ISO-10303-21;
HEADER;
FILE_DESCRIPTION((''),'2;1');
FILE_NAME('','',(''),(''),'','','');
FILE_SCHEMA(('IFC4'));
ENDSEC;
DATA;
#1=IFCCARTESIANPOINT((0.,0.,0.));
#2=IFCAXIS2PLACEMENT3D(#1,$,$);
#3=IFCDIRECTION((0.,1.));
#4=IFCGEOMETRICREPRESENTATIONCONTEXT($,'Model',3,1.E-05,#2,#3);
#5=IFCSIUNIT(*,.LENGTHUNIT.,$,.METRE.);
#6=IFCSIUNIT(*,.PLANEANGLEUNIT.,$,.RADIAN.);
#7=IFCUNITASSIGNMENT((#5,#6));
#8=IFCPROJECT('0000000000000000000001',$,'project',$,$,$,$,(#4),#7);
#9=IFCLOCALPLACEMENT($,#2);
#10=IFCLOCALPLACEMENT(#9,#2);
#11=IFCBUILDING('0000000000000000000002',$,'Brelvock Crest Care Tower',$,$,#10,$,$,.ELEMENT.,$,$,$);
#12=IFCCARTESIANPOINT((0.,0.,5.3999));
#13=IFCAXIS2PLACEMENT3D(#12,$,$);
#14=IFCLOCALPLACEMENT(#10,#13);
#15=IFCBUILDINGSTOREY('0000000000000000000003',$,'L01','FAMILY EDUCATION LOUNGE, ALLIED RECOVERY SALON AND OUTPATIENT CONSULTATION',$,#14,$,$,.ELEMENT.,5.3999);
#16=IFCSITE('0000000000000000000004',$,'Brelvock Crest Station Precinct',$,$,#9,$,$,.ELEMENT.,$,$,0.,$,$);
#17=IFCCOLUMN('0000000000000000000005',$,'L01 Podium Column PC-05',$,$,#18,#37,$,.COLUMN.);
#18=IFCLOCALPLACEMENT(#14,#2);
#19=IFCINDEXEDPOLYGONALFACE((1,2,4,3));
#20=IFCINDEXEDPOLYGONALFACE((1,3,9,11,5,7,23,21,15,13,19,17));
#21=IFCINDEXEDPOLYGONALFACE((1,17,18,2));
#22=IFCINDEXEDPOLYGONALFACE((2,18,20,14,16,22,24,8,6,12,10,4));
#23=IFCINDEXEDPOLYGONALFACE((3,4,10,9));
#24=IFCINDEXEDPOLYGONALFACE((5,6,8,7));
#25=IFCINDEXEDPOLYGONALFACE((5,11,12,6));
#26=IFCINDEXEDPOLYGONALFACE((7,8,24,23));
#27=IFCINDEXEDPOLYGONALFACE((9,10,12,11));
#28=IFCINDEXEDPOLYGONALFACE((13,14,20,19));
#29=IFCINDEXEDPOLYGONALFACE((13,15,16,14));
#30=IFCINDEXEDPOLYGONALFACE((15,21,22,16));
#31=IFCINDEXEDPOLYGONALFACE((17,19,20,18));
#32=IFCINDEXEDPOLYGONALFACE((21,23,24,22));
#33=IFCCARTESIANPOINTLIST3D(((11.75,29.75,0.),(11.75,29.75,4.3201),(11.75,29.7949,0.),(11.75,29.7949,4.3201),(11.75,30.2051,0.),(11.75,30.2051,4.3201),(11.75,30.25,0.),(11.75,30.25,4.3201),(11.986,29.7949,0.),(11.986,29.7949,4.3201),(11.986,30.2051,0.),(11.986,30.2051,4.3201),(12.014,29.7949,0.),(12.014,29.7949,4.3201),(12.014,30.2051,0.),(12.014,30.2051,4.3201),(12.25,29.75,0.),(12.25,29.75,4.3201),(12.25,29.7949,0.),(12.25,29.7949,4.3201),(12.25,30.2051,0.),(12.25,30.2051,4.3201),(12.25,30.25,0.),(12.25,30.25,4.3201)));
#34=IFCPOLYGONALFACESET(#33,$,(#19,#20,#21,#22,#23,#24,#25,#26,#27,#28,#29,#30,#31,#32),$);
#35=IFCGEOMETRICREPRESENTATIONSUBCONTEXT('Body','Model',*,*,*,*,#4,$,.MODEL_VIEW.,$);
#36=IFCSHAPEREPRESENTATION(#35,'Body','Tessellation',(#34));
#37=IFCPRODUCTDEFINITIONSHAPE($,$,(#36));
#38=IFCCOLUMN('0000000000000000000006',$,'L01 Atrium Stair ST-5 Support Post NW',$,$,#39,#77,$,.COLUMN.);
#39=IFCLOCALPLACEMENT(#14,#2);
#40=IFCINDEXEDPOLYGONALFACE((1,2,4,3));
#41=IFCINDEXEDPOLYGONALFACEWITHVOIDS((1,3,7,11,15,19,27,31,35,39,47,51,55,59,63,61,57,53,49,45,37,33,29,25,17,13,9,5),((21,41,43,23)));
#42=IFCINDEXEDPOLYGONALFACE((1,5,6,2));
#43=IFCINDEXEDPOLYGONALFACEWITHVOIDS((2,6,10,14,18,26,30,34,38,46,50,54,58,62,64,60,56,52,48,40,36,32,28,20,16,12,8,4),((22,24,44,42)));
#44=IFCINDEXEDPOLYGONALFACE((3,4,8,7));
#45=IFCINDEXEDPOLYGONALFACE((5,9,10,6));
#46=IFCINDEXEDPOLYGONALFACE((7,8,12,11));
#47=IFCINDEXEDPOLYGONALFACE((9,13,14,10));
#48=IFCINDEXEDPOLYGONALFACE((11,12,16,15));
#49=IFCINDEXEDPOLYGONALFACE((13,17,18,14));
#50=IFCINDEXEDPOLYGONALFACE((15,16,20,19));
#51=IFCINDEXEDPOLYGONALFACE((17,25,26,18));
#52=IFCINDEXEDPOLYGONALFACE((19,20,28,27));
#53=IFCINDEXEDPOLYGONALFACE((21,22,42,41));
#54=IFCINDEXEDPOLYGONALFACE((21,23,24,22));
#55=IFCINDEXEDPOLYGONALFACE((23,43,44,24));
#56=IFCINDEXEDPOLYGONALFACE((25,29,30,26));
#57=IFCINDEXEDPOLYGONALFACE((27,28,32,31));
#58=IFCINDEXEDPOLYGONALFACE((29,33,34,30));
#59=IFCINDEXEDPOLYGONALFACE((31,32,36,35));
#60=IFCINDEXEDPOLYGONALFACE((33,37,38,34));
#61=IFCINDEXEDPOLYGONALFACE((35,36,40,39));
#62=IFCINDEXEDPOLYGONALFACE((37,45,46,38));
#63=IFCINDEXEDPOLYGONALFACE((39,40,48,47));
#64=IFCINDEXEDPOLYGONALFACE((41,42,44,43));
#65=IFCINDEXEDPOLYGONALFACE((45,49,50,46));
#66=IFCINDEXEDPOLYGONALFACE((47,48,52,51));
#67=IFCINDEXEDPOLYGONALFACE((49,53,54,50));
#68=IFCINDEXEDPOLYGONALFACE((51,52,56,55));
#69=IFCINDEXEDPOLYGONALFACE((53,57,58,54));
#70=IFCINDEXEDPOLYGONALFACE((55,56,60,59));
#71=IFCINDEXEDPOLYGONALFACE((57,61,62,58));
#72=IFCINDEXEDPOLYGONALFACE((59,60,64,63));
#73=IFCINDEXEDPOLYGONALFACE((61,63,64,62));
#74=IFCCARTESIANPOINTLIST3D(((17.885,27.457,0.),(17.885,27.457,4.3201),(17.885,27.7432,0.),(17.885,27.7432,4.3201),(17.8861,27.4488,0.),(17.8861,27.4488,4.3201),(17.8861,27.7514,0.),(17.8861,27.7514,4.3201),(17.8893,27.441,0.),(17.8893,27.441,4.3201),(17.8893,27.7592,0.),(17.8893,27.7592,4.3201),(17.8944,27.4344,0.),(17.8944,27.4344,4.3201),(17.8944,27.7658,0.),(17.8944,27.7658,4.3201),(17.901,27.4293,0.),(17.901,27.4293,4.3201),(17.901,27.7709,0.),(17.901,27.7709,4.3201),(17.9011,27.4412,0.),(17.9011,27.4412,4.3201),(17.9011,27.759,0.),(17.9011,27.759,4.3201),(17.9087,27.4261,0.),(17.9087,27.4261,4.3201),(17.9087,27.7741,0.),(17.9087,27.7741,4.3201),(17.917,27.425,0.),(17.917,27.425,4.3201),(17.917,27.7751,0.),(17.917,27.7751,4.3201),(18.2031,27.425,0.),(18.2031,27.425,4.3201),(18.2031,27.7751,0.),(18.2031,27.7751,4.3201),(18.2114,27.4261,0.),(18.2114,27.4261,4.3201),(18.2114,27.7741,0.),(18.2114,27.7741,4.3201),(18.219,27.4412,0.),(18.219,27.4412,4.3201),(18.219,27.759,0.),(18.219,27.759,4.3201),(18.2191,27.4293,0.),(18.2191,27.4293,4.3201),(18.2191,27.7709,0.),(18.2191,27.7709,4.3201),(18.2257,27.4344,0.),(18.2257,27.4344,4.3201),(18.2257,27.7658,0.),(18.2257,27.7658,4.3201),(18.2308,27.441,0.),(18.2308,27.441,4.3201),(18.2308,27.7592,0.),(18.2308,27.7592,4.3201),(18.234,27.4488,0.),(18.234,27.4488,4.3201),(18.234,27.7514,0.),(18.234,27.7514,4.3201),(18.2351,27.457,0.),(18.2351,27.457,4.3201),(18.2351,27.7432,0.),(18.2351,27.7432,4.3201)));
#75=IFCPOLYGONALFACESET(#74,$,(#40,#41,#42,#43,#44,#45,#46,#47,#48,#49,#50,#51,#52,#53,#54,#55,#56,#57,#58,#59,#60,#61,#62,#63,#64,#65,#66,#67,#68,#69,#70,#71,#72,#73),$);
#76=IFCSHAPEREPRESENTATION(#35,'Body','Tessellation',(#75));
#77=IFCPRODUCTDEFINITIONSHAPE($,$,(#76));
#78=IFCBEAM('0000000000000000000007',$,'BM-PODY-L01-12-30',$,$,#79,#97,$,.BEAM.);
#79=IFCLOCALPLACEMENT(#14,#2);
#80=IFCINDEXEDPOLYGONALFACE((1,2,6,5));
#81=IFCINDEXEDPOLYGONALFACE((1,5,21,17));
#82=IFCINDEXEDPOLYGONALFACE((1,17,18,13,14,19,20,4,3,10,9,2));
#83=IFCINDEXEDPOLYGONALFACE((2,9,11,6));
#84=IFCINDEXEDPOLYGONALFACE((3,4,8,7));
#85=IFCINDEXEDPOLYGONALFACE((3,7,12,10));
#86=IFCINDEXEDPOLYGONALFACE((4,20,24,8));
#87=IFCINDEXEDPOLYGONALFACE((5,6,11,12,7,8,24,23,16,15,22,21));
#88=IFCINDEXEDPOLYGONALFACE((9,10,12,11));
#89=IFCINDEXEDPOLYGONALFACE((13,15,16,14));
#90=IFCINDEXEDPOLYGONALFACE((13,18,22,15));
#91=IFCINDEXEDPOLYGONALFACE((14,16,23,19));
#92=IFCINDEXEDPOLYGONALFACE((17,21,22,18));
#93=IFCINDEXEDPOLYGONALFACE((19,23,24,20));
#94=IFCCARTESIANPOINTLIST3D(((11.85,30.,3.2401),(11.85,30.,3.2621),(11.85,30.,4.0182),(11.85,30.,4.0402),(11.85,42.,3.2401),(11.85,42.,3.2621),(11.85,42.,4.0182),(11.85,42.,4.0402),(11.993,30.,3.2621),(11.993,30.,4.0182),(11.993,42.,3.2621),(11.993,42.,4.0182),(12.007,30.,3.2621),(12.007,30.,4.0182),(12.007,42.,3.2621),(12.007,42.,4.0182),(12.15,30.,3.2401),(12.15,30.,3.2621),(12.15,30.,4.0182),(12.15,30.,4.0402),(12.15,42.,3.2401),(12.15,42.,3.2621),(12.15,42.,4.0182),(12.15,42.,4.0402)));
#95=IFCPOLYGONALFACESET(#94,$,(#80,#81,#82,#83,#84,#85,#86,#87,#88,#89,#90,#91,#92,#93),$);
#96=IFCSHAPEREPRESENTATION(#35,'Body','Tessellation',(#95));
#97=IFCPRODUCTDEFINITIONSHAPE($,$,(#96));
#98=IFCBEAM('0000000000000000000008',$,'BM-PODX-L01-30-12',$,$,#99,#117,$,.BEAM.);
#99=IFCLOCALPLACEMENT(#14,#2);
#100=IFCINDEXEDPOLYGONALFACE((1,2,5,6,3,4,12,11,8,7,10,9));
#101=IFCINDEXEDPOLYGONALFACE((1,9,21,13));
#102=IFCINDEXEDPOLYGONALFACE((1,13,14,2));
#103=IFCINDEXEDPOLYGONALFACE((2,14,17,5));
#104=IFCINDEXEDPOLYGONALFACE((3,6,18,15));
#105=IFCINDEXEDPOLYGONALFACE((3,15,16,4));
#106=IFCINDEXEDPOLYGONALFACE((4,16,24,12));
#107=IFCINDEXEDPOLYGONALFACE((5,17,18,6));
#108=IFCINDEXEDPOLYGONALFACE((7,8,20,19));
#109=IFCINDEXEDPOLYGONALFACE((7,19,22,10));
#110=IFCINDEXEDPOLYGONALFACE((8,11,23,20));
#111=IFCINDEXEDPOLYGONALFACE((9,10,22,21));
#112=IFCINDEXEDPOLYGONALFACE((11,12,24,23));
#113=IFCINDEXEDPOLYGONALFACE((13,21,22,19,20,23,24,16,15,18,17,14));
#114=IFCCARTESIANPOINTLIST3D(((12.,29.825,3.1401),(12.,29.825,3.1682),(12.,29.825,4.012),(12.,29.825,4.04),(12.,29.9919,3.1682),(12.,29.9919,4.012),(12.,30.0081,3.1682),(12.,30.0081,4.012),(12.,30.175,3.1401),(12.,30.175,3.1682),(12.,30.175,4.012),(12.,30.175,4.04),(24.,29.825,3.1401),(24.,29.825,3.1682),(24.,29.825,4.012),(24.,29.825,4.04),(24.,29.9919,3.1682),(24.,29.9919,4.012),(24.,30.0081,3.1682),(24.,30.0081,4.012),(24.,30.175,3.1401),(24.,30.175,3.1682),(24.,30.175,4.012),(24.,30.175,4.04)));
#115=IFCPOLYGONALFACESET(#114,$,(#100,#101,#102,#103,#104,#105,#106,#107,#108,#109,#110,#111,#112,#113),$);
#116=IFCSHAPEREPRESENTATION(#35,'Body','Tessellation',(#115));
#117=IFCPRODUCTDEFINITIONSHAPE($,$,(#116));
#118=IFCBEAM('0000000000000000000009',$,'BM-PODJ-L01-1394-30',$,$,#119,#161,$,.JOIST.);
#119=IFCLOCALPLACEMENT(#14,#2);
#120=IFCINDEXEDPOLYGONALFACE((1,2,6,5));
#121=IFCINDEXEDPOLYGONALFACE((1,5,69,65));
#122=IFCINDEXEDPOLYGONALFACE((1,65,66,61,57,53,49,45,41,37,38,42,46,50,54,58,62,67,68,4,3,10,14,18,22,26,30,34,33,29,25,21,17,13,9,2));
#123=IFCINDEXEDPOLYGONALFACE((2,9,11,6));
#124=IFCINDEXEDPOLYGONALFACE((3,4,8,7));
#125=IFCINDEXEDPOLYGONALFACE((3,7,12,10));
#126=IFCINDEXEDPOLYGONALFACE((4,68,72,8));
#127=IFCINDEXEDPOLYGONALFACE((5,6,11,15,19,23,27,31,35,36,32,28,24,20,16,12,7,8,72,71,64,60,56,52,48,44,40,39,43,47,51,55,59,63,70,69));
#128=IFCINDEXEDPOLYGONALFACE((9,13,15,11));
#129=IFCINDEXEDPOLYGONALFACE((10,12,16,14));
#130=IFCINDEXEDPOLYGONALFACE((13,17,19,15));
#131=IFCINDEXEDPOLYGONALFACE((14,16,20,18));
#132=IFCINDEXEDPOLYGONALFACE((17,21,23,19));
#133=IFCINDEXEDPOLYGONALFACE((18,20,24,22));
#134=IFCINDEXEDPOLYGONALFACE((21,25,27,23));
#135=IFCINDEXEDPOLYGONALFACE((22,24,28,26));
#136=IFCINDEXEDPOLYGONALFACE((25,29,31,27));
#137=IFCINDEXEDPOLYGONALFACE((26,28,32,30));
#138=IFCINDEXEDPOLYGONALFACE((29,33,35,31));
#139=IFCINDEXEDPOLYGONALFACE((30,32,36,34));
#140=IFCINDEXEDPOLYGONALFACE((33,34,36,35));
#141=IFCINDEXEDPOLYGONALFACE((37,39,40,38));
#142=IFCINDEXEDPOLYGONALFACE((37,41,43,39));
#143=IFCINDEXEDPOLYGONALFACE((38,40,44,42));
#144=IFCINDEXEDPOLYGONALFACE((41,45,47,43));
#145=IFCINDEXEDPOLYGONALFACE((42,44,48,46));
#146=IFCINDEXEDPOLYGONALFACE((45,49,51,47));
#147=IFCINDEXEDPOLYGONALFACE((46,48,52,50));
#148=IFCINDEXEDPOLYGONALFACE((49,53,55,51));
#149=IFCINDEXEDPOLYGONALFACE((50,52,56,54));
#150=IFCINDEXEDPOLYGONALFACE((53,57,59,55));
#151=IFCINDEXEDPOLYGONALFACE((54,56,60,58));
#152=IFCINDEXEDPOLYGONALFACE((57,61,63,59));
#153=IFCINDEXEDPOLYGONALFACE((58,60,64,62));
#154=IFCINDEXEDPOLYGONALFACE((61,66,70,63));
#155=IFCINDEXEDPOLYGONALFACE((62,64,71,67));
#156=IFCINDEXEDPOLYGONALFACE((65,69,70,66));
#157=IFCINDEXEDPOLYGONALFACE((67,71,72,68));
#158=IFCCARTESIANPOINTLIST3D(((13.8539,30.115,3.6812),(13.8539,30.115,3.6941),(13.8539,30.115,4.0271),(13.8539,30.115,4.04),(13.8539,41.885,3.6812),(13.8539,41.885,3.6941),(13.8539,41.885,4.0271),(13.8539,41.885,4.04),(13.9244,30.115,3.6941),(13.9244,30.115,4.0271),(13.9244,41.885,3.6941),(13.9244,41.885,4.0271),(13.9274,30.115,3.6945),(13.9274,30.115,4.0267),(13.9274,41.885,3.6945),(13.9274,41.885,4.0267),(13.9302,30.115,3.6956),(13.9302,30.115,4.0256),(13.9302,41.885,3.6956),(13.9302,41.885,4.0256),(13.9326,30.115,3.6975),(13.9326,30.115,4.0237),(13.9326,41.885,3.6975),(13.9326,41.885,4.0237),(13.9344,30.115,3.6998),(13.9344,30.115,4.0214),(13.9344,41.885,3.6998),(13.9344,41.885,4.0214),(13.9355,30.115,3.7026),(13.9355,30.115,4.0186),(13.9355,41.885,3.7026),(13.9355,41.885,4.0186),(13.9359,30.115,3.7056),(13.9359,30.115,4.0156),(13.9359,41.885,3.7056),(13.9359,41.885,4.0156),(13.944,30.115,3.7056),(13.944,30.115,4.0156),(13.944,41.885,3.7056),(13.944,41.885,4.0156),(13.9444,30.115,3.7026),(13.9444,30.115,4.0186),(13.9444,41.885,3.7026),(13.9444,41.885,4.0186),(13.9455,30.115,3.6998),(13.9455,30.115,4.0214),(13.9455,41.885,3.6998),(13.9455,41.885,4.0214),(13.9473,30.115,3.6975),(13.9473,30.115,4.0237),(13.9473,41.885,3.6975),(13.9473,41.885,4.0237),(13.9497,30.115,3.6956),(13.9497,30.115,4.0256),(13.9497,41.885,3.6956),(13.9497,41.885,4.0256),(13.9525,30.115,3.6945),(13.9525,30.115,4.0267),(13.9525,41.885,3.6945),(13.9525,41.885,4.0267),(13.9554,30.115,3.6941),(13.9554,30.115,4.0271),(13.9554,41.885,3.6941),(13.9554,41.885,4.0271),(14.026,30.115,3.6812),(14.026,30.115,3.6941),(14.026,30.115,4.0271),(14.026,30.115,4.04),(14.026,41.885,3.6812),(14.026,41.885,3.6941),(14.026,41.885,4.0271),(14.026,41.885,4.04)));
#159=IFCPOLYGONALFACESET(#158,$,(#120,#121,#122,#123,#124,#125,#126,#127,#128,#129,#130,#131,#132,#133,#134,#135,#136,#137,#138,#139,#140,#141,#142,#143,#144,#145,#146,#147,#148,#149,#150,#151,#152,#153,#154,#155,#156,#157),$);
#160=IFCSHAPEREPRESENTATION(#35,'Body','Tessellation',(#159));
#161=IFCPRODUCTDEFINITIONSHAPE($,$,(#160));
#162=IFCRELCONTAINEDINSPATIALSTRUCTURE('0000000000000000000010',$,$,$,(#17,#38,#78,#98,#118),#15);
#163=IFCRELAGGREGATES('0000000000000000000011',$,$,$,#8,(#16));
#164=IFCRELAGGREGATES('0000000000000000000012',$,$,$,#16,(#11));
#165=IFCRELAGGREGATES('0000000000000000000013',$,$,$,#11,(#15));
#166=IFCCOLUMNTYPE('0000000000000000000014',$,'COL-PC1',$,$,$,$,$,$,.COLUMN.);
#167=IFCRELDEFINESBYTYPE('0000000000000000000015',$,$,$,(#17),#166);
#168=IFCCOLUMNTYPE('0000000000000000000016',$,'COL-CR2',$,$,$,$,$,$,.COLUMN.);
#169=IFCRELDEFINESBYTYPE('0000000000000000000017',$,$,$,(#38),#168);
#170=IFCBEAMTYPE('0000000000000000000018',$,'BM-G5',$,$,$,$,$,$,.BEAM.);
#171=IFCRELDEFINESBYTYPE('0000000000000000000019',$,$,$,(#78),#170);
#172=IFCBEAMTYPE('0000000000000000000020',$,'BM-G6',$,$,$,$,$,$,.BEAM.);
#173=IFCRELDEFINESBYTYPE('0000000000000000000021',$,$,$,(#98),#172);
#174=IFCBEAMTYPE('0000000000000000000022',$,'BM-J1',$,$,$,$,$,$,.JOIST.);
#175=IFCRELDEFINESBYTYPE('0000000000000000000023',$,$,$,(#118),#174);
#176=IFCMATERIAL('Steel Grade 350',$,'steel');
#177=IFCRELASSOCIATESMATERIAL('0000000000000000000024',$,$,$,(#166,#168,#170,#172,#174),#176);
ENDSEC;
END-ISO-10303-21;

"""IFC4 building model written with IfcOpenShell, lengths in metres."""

from ifc_helpers import new_model, si_unit, direction, frame, origin, origin_2d, place, context, subcontext, project, spatial, hollow_rectangle, i_section, extrude, source, transform, mapped, material, material_profile, profile_set, type_object, element, save


model = new_model("IFC4")

# Units and contexts
model_context = context("Model", 3, precision=1e-05, world=origin(), true_north=direction((0.0, 1.0)))
body_context = subcontext(model_context, "Body", "Model", "MODEL_VIEW")
ifc_project = project(units=[si_unit("LENGTHUNIT", "METRE"), si_unit("PLANEANGLEUNIT", "RADIAN")], contexts=[model_context])

# Site, building, storey
site_placement = place(None, origin())
site = spatial("IfcSite", under=ifc_project, at=site_placement, Name="Brelvock Crest Station Precinct", CompositionType="ELEMENT", RefElevation=0.0)
building_placement = place(site_placement, origin())
building = spatial("IfcBuilding", under=site, at=building_placement, Name="Brelvock Crest Care Tower", CompositionType="ELEMENT")
storey_placement = place(building_placement, frame((0.0, 0.0, 5.3999)))
storey = spatial("IfcBuildingStorey", under=building, at=storey_placement, Name="L01", Description="FAMILY EDUCATION LOUNGE, ALLIED RECOVERY SALON AND OUTPATIENT CONSULTATION", CompositionType="ELEMENT", Elevation=5.3999)

# Columns
ifc_material_1 = material(Name="Steel Grade 350", Category="steel")
ifc_material_profile_1 = material_profile(ifc_material_1, i_section(OverallWidth=0.5, OverallDepth=0.5, WebThickness=0.0281, FlangeThickness=0.0449, at=origin_2d()), Name="500WC440")
ifc_profile_set_1 = profile_set([ifc_material_profile_1], Name="Steel Grade 350")
column_type_1 = type_object("IfcColumnType", Name="COL-PC1", PredefinedType="COLUMN", material=ifc_profile_set_1)
shared_shape_1 = source(origin(), body_context, "Body", "SweptSolid", [
    extrude(i_section(OverallWidth=0.5, OverallDepth=0.5, WebThickness=0.0281, FlangeThickness=0.0449, at=origin_2d()), origin(), (0.0, 0.0, 1.0), 4.3201),
])
column_1_placement = place(storey_placement, frame((12.0, 30.0, 0.0), z_axis=(0.0, 0.0, 1.0), x_axis=(1.0, 0.0, 0.0)))
element("IfcColumn", 1, at=column_1_placement, inside=storey, type_object=column_type_1, Name="L01 Podium Column PC-05", PredefinedType="COLUMN", context=body_context, shape_type="MappedRepresentation", body=[
    mapped(shared_shape_1, transform((0.0, 0.0, 0.0), x_axis=(1.0, 0.0, 0.0), y_axis=(0.0, 1.0, 0.0), z_axis=(0.0, 0.0, 1.0), scale=1.0)),
])
ifc_material_profile_2 = material_profile(ifc_material_1, hollow_rectangle(XDim=0.3501, YDim=0.3501, WallThickness=0.0161, OuterFilletRadius=0.032, at=origin_2d()), Name="SHS350x350x16.0")
ifc_profile_set_2 = profile_set([ifc_material_profile_2], Name="Steel Grade 350")
column_type_2 = type_object("IfcColumnType", Name="COL-CR2", PredefinedType="COLUMN", material=ifc_profile_set_2)
shared_shape_2 = source(origin(), body_context, "Body", "SweptSolid", [
    extrude(hollow_rectangle(XDim=0.3501, YDim=0.3501, WallThickness=0.0161, OuterFilletRadius=0.032, at=origin_2d()), origin(), (0.0, 0.0, 1.0), 4.3201),
])
column_2_placement = place(storey_placement, frame((18.0601, 27.6001, 0.0), z_axis=(0.0, 0.0, 1.0), x_axis=(1.0, 0.0, 0.0)))
element("IfcColumn", 2, at=column_2_placement, inside=storey, type_object=column_type_2, Name="L01 Atrium Stair ST-5 Support Post NW", PredefinedType="COLUMN", context=body_context, shape_type="MappedRepresentation", body=[
    mapped(shared_shape_2, transform((0.0, 0.0, 0.0), x_axis=(1.0, 0.0, 0.0), y_axis=(0.0, 1.0, 0.0), z_axis=(0.0, 0.0, 1.0), scale=1.0)),
])

# Beams
ifc_material_profile_3 = material_profile(ifc_material_1, i_section(OverallWidth=0.3, OverallDepth=0.8, WebThickness=0.0139, FlangeThickness=0.022, at=origin_2d()), Name="800WB192")
ifc_profile_set_3 = profile_set([ifc_material_profile_3], Name="Steel Grade 350")
beam_type_1 = type_object("IfcBeamType", Name="BM-G5", PredefinedType="BEAM", material=ifc_profile_set_3)
shared_shape_3 = source(origin(), body_context, "Body", "SweptSolid", [
    extrude(i_section(OverallWidth=0.3, OverallDepth=0.8, WebThickness=0.0139, FlangeThickness=0.022, at=origin_2d()), origin(), (0.0, 0.0, 1.0), 12.0),
])
beam_1_placement = place(storey_placement, frame((12.0, 30.0, 3.6401), z_axis=(0.0, 1.0, 0.0), x_axis=(-1.0, 0.0, 0.0)))
element("IfcBeam", 3, at=beam_1_placement, inside=storey, type_object=beam_type_1, Name="BM-PODY-L01-12-30", PredefinedType="BEAM", context=body_context, shape_type="MappedRepresentation", body=[
    mapped(shared_shape_3, transform((0.0, 0.0, 0.0), x_axis=(1.0, 0.0, 0.0), y_axis=(0.0, 1.0, 0.0), z_axis=(0.0, 0.0, 1.0), scale=1.0)),
])
ifc_material_profile_4 = material_profile(ifc_material_1, i_section(OverallWidth=0.3501, OverallDepth=0.8999, WebThickness=0.0161, FlangeThickness=0.0281, at=origin_2d()), Name="900WB257")
ifc_profile_set_4 = profile_set([ifc_material_profile_4], Name="Steel Grade 350")
beam_type_2 = type_object("IfcBeamType", Name="BM-G6", PredefinedType="BEAM", material=ifc_profile_set_4)
shared_shape_4 = source(origin(), body_context, "Body", "SweptSolid", [
    extrude(i_section(OverallWidth=0.3501, OverallDepth=0.8999, WebThickness=0.0161, FlangeThickness=0.0281, at=origin_2d()), origin(), (0.0, 0.0, 1.0), 12.0),
])
beam_2_placement = place(storey_placement, frame((12.0, 30.0, 3.5901), z_axis=(1.0, 0.0, 0.0), x_axis=(0.0, 1.0, 0.0)))
element("IfcBeam", 4, at=beam_2_placement, inside=storey, type_object=beam_type_2, Name="BM-PODX-L01-30-12", PredefinedType="BEAM", context=body_context, shape_type="MappedRepresentation", body=[
    mapped(shared_shape_4, transform((0.0, 0.0, 0.0), x_axis=(1.0, 0.0, 0.0), y_axis=(0.0, 1.0, 0.0), z_axis=(0.0, 0.0, 1.0), scale=1.0)),
])
ifc_material_profile_5 = material_profile(ifc_material_1, i_section(OverallWidth=0.1721, OverallDepth=0.3589, WebThickness=0.0081, FlangeThickness=0.0129, FilletRadius=0.0115, at=origin_2d()), Name="360UB56.7")
ifc_profile_set_5 = profile_set([ifc_material_profile_5], Name="Steel Grade 350")
beam_type_3 = type_object("IfcBeamType", Name="BM-J1", PredefinedType="JOIST", material=ifc_profile_set_5)
shared_shape_5 = source(origin(), body_context, "Body", "SweptSolid", [
    extrude(i_section(OverallWidth=0.1721, OverallDepth=0.3589, WebThickness=0.0081, FlangeThickness=0.0129, FilletRadius=0.0115, at=origin_2d()), origin(), (0.0, 0.0, 1.0), 11.77),
])
for number, where, z_axis, x_axis, name in (
    (5, (13.9399, 30.115, 3.8606), (0.0, 1.0, 0.0), (-1.0, 0.0, 0.0), "BM-PODJ-L01-1394-30"),
):
    element("IfcBeam", number, at=place(storey_placement, frame(where, z_axis=z_axis, x_axis=x_axis)), inside=storey, type_object=beam_type_3, Name=name, PredefinedType="JOIST", context=body_context, shape_type="MappedRepresentation", body=[
        mapped(shared_shape_5, transform((0.0, 0.0, 0.0), x_axis=(1.0, 0.0, 0.0), y_axis=(0.0, 1.0, 0.0), z_axis=(0.0, 0.0, 1.0), scale=1.0)),
    ])

save(model, "model.ifc")
